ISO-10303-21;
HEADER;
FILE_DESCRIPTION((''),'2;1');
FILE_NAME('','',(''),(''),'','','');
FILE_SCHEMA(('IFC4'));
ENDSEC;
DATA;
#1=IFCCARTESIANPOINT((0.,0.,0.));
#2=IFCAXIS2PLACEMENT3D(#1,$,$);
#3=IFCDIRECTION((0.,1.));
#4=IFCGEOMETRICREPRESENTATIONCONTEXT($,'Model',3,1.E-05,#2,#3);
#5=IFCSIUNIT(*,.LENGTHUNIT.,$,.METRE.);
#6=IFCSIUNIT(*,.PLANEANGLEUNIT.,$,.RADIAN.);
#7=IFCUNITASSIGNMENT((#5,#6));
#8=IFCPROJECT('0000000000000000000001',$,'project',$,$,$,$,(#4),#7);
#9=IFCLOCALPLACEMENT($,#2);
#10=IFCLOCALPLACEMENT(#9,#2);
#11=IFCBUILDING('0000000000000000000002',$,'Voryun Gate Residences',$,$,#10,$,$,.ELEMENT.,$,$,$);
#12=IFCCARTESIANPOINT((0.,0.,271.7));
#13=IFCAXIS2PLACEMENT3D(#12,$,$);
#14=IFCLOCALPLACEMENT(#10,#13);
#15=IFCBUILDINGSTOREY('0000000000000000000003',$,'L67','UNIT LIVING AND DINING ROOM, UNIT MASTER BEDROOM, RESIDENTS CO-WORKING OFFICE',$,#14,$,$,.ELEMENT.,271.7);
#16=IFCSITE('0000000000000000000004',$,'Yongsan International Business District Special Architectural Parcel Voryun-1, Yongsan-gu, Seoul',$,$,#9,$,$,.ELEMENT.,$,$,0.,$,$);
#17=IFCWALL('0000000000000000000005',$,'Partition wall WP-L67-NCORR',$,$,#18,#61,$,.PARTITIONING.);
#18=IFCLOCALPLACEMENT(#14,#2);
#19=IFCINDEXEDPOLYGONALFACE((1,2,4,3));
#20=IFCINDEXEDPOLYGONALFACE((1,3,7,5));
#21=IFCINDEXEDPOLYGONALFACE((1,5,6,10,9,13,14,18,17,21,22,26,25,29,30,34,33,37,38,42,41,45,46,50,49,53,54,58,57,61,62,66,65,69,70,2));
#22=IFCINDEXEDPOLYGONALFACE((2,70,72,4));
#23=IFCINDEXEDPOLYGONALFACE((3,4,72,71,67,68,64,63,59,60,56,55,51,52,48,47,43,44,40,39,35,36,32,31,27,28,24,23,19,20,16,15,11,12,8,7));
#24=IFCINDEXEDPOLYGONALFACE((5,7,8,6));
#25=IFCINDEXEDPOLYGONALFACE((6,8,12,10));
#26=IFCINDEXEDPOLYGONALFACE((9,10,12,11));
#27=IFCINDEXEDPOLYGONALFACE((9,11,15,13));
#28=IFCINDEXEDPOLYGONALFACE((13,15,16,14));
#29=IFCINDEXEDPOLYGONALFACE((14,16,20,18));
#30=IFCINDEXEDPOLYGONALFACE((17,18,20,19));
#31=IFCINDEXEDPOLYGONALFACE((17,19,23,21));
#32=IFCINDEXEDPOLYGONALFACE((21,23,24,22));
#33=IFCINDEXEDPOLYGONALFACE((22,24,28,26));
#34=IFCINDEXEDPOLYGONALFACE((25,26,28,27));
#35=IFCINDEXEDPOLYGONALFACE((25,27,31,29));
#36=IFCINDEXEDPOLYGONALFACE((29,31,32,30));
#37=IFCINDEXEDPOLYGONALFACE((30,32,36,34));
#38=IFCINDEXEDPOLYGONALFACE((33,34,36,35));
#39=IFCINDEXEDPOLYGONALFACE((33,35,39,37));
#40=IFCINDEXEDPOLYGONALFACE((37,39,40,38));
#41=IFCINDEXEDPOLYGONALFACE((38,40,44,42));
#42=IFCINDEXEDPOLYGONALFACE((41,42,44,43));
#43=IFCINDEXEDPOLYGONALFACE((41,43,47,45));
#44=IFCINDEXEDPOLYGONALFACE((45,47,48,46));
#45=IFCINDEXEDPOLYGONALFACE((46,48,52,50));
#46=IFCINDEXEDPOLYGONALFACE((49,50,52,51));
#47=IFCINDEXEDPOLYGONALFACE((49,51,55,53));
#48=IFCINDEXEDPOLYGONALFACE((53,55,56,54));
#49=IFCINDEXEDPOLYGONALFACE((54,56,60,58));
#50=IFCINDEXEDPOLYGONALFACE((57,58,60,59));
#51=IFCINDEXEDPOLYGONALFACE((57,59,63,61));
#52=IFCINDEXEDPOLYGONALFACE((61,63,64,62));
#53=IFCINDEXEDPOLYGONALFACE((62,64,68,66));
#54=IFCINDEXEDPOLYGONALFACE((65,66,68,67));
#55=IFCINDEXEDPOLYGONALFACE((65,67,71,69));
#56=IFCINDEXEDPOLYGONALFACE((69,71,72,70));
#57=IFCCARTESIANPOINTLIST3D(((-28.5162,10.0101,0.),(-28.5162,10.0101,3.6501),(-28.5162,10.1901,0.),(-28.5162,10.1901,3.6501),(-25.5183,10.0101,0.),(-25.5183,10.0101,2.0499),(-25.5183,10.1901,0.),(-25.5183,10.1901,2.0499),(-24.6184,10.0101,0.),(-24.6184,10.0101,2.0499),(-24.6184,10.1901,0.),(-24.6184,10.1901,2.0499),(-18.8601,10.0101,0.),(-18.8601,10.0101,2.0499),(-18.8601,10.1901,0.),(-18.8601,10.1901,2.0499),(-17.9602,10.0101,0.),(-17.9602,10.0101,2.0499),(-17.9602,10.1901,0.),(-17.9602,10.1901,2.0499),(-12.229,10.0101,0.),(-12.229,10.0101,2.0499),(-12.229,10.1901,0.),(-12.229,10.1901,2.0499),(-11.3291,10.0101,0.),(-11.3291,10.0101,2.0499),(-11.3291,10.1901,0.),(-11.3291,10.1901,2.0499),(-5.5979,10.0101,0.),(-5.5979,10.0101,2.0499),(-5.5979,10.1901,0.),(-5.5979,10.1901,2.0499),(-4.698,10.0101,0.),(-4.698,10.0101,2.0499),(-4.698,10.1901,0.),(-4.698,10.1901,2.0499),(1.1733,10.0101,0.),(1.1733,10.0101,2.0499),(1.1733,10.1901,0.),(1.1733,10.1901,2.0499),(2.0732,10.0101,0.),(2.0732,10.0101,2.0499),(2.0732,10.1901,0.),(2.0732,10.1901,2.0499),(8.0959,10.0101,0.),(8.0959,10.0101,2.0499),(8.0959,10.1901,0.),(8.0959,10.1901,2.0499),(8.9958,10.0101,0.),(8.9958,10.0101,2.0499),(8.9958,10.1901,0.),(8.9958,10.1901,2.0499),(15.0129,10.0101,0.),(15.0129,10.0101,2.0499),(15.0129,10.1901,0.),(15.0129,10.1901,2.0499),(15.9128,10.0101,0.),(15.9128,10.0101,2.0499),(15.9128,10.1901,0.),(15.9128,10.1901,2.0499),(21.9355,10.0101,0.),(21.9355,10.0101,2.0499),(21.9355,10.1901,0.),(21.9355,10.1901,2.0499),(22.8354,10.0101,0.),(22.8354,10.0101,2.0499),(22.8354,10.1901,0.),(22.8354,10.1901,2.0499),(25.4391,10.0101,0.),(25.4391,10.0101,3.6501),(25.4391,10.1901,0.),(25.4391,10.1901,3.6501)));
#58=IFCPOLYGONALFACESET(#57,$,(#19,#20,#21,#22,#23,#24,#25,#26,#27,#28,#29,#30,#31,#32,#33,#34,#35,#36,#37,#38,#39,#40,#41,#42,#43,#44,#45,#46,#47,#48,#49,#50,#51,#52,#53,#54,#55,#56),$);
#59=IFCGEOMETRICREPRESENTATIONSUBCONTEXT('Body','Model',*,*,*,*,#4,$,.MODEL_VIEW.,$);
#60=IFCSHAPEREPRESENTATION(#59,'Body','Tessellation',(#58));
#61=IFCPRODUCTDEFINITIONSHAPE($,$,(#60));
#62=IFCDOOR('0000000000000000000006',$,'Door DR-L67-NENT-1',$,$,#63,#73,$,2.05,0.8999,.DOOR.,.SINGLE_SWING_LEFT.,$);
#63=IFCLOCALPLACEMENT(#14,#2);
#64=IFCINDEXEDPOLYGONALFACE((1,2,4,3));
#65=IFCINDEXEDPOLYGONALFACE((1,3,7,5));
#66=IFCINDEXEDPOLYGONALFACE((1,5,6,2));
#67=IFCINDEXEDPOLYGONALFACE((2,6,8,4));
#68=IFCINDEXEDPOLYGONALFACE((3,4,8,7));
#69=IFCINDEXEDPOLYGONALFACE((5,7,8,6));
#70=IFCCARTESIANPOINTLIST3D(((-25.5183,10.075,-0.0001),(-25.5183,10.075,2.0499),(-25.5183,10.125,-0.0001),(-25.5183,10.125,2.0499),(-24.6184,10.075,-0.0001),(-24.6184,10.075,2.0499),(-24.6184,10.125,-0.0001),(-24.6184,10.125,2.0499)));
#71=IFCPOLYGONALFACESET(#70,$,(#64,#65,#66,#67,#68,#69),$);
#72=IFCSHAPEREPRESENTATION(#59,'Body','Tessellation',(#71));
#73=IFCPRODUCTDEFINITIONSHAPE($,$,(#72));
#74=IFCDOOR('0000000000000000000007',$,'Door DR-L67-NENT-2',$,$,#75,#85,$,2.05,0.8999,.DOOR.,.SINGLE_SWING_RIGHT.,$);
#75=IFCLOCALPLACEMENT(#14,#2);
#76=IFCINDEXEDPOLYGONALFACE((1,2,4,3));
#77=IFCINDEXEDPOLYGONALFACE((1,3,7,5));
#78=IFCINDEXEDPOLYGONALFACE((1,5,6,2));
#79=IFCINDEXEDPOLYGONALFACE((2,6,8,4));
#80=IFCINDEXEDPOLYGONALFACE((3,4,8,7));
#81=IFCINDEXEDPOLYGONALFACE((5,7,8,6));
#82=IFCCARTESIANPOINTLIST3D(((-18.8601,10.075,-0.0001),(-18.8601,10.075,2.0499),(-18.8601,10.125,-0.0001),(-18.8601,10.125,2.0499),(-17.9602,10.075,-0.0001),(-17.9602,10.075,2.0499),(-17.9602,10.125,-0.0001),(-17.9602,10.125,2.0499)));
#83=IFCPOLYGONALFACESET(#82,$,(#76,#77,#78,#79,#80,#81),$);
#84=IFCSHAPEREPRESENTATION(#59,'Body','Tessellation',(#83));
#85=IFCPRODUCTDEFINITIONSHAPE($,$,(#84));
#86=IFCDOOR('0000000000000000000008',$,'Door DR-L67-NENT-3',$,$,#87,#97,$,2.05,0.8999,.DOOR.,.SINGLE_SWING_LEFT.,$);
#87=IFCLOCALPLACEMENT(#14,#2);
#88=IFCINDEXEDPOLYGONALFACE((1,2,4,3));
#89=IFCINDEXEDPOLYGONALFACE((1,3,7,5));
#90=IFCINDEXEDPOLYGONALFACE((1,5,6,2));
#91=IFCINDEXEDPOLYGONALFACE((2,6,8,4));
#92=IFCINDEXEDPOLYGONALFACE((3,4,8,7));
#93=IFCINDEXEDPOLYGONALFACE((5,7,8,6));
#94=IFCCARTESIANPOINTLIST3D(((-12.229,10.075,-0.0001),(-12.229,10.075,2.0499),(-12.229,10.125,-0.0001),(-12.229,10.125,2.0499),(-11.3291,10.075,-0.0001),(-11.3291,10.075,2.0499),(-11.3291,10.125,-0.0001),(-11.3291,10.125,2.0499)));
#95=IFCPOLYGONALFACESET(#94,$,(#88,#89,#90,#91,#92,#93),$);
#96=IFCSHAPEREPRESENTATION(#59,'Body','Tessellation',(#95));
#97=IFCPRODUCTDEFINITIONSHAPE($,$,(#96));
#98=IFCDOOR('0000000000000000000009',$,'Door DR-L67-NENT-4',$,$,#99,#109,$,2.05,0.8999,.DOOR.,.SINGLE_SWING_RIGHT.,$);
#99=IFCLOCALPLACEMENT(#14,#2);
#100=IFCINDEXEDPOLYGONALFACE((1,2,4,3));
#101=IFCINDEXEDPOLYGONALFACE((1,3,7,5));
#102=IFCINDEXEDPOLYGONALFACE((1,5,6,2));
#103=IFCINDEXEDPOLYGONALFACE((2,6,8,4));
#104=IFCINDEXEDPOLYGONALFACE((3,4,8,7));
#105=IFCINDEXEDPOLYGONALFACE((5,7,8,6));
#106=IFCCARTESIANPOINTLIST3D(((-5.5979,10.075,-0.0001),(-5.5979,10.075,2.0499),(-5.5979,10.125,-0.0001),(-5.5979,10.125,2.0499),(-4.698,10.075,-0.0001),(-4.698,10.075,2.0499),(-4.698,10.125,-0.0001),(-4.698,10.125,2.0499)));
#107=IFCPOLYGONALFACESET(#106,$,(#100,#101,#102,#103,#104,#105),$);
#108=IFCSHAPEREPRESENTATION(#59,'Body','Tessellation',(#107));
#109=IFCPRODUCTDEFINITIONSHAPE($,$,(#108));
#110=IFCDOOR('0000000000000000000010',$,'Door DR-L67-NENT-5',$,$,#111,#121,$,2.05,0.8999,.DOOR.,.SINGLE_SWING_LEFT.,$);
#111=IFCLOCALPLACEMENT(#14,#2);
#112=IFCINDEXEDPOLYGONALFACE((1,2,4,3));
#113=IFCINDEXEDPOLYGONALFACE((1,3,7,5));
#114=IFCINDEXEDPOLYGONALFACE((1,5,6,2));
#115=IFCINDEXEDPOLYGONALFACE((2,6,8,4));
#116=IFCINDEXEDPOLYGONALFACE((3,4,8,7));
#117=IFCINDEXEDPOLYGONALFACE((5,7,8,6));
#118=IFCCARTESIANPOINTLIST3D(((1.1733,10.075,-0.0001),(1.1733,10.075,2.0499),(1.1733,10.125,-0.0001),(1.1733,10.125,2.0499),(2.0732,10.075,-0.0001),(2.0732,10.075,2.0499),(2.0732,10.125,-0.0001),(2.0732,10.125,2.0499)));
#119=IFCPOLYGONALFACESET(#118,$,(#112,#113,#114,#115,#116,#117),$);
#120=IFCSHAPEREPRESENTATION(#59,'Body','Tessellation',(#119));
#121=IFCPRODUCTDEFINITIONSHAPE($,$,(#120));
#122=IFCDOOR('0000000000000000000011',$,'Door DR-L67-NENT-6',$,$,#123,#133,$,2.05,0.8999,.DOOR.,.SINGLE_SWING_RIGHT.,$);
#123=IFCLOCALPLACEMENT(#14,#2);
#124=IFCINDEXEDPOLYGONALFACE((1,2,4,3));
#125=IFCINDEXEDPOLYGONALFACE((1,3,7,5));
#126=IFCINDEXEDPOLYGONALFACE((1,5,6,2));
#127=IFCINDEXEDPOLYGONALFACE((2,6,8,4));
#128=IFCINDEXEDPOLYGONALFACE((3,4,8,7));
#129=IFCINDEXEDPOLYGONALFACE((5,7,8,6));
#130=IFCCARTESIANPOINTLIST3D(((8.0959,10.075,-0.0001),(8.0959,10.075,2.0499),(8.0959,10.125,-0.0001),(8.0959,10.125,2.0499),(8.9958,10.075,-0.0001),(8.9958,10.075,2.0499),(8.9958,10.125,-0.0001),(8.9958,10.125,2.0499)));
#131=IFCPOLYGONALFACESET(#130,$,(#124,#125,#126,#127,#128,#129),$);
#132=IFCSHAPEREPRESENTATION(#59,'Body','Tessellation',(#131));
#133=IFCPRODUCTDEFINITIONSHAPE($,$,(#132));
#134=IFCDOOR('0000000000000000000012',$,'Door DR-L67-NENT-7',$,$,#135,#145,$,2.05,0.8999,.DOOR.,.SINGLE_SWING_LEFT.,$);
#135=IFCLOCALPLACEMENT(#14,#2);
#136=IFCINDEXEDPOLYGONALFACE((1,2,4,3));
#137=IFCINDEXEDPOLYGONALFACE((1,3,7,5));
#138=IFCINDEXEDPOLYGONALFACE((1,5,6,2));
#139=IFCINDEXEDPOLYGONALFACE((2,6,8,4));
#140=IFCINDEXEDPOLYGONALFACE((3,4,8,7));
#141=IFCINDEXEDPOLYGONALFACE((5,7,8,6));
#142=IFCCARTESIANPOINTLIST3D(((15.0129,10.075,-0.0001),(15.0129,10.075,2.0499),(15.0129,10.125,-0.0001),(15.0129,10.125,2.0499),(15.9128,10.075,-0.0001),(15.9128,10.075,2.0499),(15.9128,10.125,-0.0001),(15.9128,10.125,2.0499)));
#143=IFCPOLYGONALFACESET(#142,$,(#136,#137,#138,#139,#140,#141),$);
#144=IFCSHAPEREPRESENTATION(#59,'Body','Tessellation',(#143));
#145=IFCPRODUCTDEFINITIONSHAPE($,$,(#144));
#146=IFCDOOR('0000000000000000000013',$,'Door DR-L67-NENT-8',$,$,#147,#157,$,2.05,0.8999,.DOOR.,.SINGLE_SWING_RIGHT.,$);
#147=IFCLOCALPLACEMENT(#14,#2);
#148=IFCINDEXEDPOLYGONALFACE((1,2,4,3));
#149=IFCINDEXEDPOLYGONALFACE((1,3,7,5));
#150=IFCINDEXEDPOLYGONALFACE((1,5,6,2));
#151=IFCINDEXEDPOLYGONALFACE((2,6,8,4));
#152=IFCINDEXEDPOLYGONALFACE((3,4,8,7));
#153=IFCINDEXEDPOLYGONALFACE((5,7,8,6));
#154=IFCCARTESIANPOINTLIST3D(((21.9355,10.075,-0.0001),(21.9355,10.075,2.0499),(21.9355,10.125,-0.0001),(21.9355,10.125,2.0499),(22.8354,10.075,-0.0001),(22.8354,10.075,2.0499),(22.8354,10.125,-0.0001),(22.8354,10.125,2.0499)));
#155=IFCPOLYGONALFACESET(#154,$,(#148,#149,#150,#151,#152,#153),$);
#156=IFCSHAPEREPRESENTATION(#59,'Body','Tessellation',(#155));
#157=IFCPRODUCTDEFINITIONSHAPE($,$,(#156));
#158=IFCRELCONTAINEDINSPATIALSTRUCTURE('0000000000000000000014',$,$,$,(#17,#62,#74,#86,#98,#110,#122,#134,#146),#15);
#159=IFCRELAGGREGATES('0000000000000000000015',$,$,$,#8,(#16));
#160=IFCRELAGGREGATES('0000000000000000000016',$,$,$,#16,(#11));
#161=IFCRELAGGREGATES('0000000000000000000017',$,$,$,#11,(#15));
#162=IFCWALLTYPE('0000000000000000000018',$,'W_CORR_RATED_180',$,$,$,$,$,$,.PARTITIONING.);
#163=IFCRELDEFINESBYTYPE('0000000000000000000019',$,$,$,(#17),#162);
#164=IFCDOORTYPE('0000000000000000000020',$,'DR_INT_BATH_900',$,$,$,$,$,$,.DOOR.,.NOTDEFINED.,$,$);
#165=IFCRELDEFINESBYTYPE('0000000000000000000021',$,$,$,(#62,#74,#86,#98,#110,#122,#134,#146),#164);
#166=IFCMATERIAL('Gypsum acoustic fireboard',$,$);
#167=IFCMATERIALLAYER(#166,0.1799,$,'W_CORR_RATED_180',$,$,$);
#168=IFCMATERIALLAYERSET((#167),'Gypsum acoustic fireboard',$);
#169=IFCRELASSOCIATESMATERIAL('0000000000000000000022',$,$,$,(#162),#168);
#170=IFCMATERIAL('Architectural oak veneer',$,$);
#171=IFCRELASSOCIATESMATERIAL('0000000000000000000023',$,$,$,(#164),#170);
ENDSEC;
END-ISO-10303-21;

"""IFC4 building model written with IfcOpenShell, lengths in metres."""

from ifc_helpers import new_model, si_unit, direction, frame, frame_2d, origin, place, context, subcontext, project, spatial, rectangle, extrude, material, layer, layer_set, type_object, element, fill, save


model = new_model("IFC4")

# Units and contexts
model_context = context("Model", 3, precision=1e-05, world=origin(), true_north=direction((0.0, 1.0)))
body_context = subcontext(model_context, "Body", "Model", "MODEL_VIEW")
ifc_project = project(units=[si_unit("LENGTHUNIT", "METRE"), si_unit("PLANEANGLEUNIT", "RADIAN")], contexts=[model_context])

# Site, building, storey
site_placement = place(None, origin())
site = spatial("IfcSite", under=ifc_project, at=site_placement, Name="Yongsan International Business District Special Architectural Parcel Voryun-1, Yongsan-gu, Seoul", CompositionType="ELEMENT", RefElevation=0.0)
building_placement = place(site_placement, origin())
building = spatial("IfcBuilding", under=site, at=building_placement, Name="Voryun Gate Residences", CompositionType="ELEMENT")
storey_placement = place(building_placement, frame((0.0, 0.0, 271.7)))
storey = spatial("IfcBuildingStorey", under=building, at=storey_placement, Name="L67", Description="UNIT LIVING AND DINING ROOM, UNIT MASTER BEDROOM, RESIDENTS CO-WORKING OFFICE", CompositionType="ELEMENT", Elevation=271.7)

# Wall, openings, doors
ifc_material_1 = material(Name="Gypsum acoustic fireboard")
ifc_layer_1 = layer(ifc_material_1, 0.1799, Name="W_CORR_RATED_180")
ifc_layer_set_1 = layer_set([ifc_layer_1], Name="Gypsum acoustic fireboard")
wall_type_1 = type_object("IfcWallType", Name="W_CORR_RATED_180", PredefinedType="PARTITIONING", material=ifc_layer_set_1)
wall_1_placement = place(storey_placement, frame((-28.5161, 10.1001, 0.0), z_axis=(0.0, 0.0, 1.0), x_axis=(1.0, 0.0, 0.0)))
wall_1 = element("IfcWall", 1, at=wall_1_placement, inside=storey, type_object=wall_type_1, Name="Partition wall WP-L67-NCORR", PredefinedType="PARTITIONING", context=body_context, shape_type="SweptSolid", body=[
    extrude(rectangle(XDim=53.9553, YDim=0.1799, at=frame_2d((26.9775, 0.0))), origin(), (0.0, 0.0, 1.0), 3.6501),
])
opening_1_placement = place(wall_1_placement, frame((2.9978, 0.0, 0.0)))
opening_1 = element("IfcOpeningElement", 2, at=opening_1_placement, cuts=wall_1, PredefinedType="OPENING", context=body_context, shape_type="SweptSolid", body=[
    extrude(rectangle(XDim=0.8999, YDim=2.05, at=frame_2d((0.45, 1.0249))), frame((0.0, 0.0999, 0.0), z_axis=(0.0, -1.0, 0.0), x_axis=(1.0, 0.0, 0.0)), (0.0, 0.0, 1.0), 0.2),
])
opening_2_placement = place(wall_1_placement, frame((9.656, 0.0, 0.0)))
opening_2 = element("IfcOpeningElement", 3, at=opening_2_placement, cuts=wall_1, PredefinedType="OPENING", context=body_context, shape_type="SweptSolid", body=[
    extrude(rectangle(XDim=0.8999, YDim=2.05, at=frame_2d((0.45, 1.0249))), frame((0.0, 0.0999, 0.0), z_axis=(0.0, -1.0, 0.0), x_axis=(1.0, 0.0, 0.0)), (0.0, 0.0, 1.0), 0.2),
])
opening_3_placement = place(wall_1_placement, frame((16.2871, 0.0, 0.0)))
opening_3 = element("IfcOpeningElement", 4, at=opening_3_placement, cuts=wall_1, PredefinedType="OPENING", context=body_context, shape_type="SweptSolid", body=[
    extrude(rectangle(XDim=0.8999, YDim=2.05, at=frame_2d((0.45, 1.0249))), frame((0.0, 0.0999, 0.0), z_axis=(0.0, -1.0, 0.0), x_axis=(1.0, 0.0, 0.0)), (0.0, 0.0, 1.0), 0.2),
])
opening_4_placement = place(wall_1_placement, frame((22.9182, 0.0, 0.0)))
opening_4 = element("IfcOpeningElement", 5, at=opening_4_placement, cuts=wall_1, PredefinedType="OPENING", context=body_context, shape_type="SweptSolid", body=[
    extrude(rectangle(XDim=0.8999, YDim=2.05, at=frame_2d((0.45, 1.0249))), frame((0.0, 0.0999, 0.0), z_axis=(0.0, -1.0, 0.0), x_axis=(1.0, 0.0, 0.0)), (0.0, 0.0, 1.0), 0.2),
])
opening_5_placement = place(wall_1_placement, frame((29.6895, 0.0, 0.0)))
opening_5 = element("IfcOpeningElement", 6, at=opening_5_placement, cuts=wall_1, PredefinedType="OPENING", context=body_context, shape_type="SweptSolid", body=[
    extrude(rectangle(XDim=0.8999, YDim=2.05, at=frame_2d((0.45, 1.0249))), frame((0.0, 0.0999, 0.0), z_axis=(0.0, -1.0, 0.0), x_axis=(1.0, 0.0, 0.0)), (0.0, 0.0, 1.0), 0.2),
])
opening_6_placement = place(wall_1_placement, frame((36.6121, 0.0, 0.0)))
opening_6 = element("IfcOpeningElement", 7, at=opening_6_placement, cuts=wall_1, PredefinedType="OPENING", context=body_context, shape_type="SweptSolid", body=[
    extrude(rectangle(XDim=0.8999, YDim=2.05, at=frame_2d((0.45, 1.0249))), frame((0.0, 0.0999, 0.0), z_axis=(0.0, -1.0, 0.0), x_axis=(1.0, 0.0, 0.0)), (0.0, 0.0, 1.0), 0.2),
])
opening_7_placement = place(wall_1_placement, frame((43.5291, 0.0, 0.0)))
opening_7 = element("IfcOpeningElement", 8, at=opening_7_placement, cuts=wall_1, PredefinedType="OPENING", context=body_context, shape_type="SweptSolid", body=[
    extrude(rectangle(XDim=0.8999, YDim=2.05, at=frame_2d((0.45, 1.0249))), frame((0.0, 0.0999, 0.0), z_axis=(0.0, -1.0, 0.0), x_axis=(1.0, 0.0, 0.0)), (0.0, 0.0, 1.0), 0.2),
])
opening_8_placement = place(wall_1_placement, frame((50.4517, 0.0, 0.0)))
opening_8 = element("IfcOpeningElement", 9, at=opening_8_placement, cuts=wall_1, PredefinedType="OPENING", context=body_context, shape_type="SweptSolid", body=[
    extrude(rectangle(XDim=0.8999, YDim=2.05, at=frame_2d((0.45, 1.0249))), frame((0.0, 0.0999, 0.0), z_axis=(0.0, -1.0, 0.0), x_axis=(1.0, 0.0, 0.0)), (0.0, 0.0, 1.0), 0.2),
])
ifc_material_2 = material(Name="Architectural oak veneer")
door_type_1 = type_object("IfcDoorType", Name="DR_INT_BATH_900", OperationType="NOTDEFINED", PredefinedType="DOOR", material=ifc_material_2)
door_1_placement = place(opening_1_placement, origin())
door_1 = element("IfcDoor", 10, at=door_1_placement, inside=storey, type_object=door_type_1, Name="Door DR-L67-NENT-1", OperationType="SINGLE_SWING_LEFT", OverallHeight=2.05, OverallWidth=0.8999, PredefinedType="DOOR", context=body_context, shape_type="SweptSolid", body=[
    extrude(rectangle(XDim=0.8999, YDim=2.05, at=frame_2d((0.45, 1.0249))), frame((0.0, 0.0249, 0.0), z_axis=(0.0, -1.0, 0.0), x_axis=(1.0, 0.0, 0.0)), (0.0, 0.0, 1.0), 0.05),
])
fill(opening_1, door_1)
door_2_placement = place(opening_2_placement, origin())
door_2 = element("IfcDoor", 11, at=door_2_placement, inside=storey, type_object=door_type_1, Name="Door DR-L67-NENT-2", OperationType="SINGLE_SWING_RIGHT", OverallHeight=2.05, OverallWidth=0.8999, PredefinedType="DOOR", context=body_context, shape_type="SweptSolid", body=[
    extrude(rectangle(XDim=0.8999, YDim=2.05, at=frame_2d((0.45, 1.0249))), frame((0.0, 0.0249, 0.0), z_axis=(0.0, -1.0, 0.0), x_axis=(1.0, 0.0, 0.0)), (0.0, 0.0, 1.0), 0.05),
])
fill(opening_2, door_2)
door_3_placement = place(opening_3_placement, origin())
door_3 = element("IfcDoor", 12, at=door_3_placement, inside=storey, type_object=door_type_1, Name="Door DR-L67-NENT-3", OperationType="SINGLE_SWING_LEFT", OverallHeight=2.05, OverallWidth=0.8999, PredefinedType="DOOR", context=body_context, shape_type="SweptSolid", body=[
    extrude(rectangle(XDim=0.8999, YDim=2.05, at=frame_2d((0.45, 1.0249))), frame((0.0, 0.0249, 0.0), z_axis=(0.0, -1.0, 0.0), x_axis=(1.0, 0.0, 0.0)), (0.0, 0.0, 1.0), 0.05),
])
fill(opening_3, door_3)
door_4_placement = place(opening_4_placement, origin())
door_4 = element("IfcDoor", 13, at=door_4_placement, inside=storey, type_object=door_type_1, Name="Door DR-L67-NENT-4", OperationType="SINGLE_SWING_RIGHT", OverallHeight=2.05, OverallWidth=0.8999, PredefinedType="DOOR", context=body_context, shape_type="SweptSolid", body=[
    extrude(rectangle(XDim=0.8999, YDim=2.05, at=frame_2d((0.45, 1.0249))), frame((0.0, 0.0249, 0.0), z_axis=(0.0, -1.0, 0.0), x_axis=(1.0, 0.0, 0.0)), (0.0, 0.0, 1.0), 0.05),
])
fill(opening_4, door_4)
door_5_placement = place(opening_5_placement, origin())
door_5 = element("IfcDoor", 14, at=door_5_placement, inside=storey, type_object=door_type_1, Name="Door DR-L67-NENT-5", OperationType="SINGLE_SWING_LEFT", OverallHeight=2.05, OverallWidth=0.8999, PredefinedType="DOOR", context=body_context, shape_type="SweptSolid", body=[
    extrude(rectangle(XDim=0.8999, YDim=2.05, at=frame_2d((0.45, 1.0249))), frame((0.0, 0.0249, 0.0), z_axis=(0.0, -1.0, 0.0), x_axis=(1.0, 0.0, 0.0)), (0.0, 0.0, 1.0), 0.05),
])
fill(opening_5, door_5)
door_6_placement = place(opening_6_placement, origin())
door_6 = element("IfcDoor", 15, at=door_6_placement, inside=storey, type_object=door_type_1, Name="Door DR-L67-NENT-6", OperationType="SINGLE_SWING_RIGHT", OverallHeight=2.05, OverallWidth=0.8999, PredefinedType="DOOR", context=body_context, shape_type="SweptSolid", body=[
    extrude(rectangle(XDim=0.8999, YDim=2.05, at=frame_2d((0.45, 1.0249))), frame((0.0, 0.0249, 0.0), z_axis=(0.0, -1.0, 0.0), x_axis=(1.0, 0.0, 0.0)), (0.0, 0.0, 1.0), 0.05),
])
fill(opening_6, door_6)
door_7_placement = place(opening_7_placement, origin())
door_7 = element("IfcDoor", 16, at=door_7_placement, inside=storey, type_object=door_type_1, Name="Door DR-L67-NENT-7", OperationType="SINGLE_SWING_LEFT", OverallHeight=2.05, OverallWidth=0.8999, PredefinedType="DOOR", context=body_context, shape_type="SweptSolid", body=[
    extrude(rectangle(XDim=0.8999, YDim=2.05, at=frame_2d((0.45, 1.0249))), frame((0.0, 0.0249, 0.0), z_axis=(0.0, -1.0, 0.0), x_axis=(1.0, 0.0, 0.0)), (0.0, 0.0, 1.0), 0.05),
])
fill(opening_7, door_7)
door_8_placement = place(opening_8_placement, origin())
door_8 = element("IfcDoor", 17, at=door_8_placement, inside=storey, type_object=door_type_1, Name="Door DR-L67-NENT-8", OperationType="SINGLE_SWING_RIGHT", OverallHeight=2.05, OverallWidth=0.8999, PredefinedType="DOOR", context=body_context, shape_type="SweptSolid", body=[
    extrude(rectangle(XDim=0.8999, YDim=2.05, at=frame_2d((0.45, 1.0249))), frame((0.0, 0.0249, 0.0), z_axis=(0.0, -1.0, 0.0), x_axis=(1.0, 0.0, 0.0)), (0.0, 0.0, 1.0), 0.05),
])
fill(opening_8, door_8)

save(model, "model.ifc")
